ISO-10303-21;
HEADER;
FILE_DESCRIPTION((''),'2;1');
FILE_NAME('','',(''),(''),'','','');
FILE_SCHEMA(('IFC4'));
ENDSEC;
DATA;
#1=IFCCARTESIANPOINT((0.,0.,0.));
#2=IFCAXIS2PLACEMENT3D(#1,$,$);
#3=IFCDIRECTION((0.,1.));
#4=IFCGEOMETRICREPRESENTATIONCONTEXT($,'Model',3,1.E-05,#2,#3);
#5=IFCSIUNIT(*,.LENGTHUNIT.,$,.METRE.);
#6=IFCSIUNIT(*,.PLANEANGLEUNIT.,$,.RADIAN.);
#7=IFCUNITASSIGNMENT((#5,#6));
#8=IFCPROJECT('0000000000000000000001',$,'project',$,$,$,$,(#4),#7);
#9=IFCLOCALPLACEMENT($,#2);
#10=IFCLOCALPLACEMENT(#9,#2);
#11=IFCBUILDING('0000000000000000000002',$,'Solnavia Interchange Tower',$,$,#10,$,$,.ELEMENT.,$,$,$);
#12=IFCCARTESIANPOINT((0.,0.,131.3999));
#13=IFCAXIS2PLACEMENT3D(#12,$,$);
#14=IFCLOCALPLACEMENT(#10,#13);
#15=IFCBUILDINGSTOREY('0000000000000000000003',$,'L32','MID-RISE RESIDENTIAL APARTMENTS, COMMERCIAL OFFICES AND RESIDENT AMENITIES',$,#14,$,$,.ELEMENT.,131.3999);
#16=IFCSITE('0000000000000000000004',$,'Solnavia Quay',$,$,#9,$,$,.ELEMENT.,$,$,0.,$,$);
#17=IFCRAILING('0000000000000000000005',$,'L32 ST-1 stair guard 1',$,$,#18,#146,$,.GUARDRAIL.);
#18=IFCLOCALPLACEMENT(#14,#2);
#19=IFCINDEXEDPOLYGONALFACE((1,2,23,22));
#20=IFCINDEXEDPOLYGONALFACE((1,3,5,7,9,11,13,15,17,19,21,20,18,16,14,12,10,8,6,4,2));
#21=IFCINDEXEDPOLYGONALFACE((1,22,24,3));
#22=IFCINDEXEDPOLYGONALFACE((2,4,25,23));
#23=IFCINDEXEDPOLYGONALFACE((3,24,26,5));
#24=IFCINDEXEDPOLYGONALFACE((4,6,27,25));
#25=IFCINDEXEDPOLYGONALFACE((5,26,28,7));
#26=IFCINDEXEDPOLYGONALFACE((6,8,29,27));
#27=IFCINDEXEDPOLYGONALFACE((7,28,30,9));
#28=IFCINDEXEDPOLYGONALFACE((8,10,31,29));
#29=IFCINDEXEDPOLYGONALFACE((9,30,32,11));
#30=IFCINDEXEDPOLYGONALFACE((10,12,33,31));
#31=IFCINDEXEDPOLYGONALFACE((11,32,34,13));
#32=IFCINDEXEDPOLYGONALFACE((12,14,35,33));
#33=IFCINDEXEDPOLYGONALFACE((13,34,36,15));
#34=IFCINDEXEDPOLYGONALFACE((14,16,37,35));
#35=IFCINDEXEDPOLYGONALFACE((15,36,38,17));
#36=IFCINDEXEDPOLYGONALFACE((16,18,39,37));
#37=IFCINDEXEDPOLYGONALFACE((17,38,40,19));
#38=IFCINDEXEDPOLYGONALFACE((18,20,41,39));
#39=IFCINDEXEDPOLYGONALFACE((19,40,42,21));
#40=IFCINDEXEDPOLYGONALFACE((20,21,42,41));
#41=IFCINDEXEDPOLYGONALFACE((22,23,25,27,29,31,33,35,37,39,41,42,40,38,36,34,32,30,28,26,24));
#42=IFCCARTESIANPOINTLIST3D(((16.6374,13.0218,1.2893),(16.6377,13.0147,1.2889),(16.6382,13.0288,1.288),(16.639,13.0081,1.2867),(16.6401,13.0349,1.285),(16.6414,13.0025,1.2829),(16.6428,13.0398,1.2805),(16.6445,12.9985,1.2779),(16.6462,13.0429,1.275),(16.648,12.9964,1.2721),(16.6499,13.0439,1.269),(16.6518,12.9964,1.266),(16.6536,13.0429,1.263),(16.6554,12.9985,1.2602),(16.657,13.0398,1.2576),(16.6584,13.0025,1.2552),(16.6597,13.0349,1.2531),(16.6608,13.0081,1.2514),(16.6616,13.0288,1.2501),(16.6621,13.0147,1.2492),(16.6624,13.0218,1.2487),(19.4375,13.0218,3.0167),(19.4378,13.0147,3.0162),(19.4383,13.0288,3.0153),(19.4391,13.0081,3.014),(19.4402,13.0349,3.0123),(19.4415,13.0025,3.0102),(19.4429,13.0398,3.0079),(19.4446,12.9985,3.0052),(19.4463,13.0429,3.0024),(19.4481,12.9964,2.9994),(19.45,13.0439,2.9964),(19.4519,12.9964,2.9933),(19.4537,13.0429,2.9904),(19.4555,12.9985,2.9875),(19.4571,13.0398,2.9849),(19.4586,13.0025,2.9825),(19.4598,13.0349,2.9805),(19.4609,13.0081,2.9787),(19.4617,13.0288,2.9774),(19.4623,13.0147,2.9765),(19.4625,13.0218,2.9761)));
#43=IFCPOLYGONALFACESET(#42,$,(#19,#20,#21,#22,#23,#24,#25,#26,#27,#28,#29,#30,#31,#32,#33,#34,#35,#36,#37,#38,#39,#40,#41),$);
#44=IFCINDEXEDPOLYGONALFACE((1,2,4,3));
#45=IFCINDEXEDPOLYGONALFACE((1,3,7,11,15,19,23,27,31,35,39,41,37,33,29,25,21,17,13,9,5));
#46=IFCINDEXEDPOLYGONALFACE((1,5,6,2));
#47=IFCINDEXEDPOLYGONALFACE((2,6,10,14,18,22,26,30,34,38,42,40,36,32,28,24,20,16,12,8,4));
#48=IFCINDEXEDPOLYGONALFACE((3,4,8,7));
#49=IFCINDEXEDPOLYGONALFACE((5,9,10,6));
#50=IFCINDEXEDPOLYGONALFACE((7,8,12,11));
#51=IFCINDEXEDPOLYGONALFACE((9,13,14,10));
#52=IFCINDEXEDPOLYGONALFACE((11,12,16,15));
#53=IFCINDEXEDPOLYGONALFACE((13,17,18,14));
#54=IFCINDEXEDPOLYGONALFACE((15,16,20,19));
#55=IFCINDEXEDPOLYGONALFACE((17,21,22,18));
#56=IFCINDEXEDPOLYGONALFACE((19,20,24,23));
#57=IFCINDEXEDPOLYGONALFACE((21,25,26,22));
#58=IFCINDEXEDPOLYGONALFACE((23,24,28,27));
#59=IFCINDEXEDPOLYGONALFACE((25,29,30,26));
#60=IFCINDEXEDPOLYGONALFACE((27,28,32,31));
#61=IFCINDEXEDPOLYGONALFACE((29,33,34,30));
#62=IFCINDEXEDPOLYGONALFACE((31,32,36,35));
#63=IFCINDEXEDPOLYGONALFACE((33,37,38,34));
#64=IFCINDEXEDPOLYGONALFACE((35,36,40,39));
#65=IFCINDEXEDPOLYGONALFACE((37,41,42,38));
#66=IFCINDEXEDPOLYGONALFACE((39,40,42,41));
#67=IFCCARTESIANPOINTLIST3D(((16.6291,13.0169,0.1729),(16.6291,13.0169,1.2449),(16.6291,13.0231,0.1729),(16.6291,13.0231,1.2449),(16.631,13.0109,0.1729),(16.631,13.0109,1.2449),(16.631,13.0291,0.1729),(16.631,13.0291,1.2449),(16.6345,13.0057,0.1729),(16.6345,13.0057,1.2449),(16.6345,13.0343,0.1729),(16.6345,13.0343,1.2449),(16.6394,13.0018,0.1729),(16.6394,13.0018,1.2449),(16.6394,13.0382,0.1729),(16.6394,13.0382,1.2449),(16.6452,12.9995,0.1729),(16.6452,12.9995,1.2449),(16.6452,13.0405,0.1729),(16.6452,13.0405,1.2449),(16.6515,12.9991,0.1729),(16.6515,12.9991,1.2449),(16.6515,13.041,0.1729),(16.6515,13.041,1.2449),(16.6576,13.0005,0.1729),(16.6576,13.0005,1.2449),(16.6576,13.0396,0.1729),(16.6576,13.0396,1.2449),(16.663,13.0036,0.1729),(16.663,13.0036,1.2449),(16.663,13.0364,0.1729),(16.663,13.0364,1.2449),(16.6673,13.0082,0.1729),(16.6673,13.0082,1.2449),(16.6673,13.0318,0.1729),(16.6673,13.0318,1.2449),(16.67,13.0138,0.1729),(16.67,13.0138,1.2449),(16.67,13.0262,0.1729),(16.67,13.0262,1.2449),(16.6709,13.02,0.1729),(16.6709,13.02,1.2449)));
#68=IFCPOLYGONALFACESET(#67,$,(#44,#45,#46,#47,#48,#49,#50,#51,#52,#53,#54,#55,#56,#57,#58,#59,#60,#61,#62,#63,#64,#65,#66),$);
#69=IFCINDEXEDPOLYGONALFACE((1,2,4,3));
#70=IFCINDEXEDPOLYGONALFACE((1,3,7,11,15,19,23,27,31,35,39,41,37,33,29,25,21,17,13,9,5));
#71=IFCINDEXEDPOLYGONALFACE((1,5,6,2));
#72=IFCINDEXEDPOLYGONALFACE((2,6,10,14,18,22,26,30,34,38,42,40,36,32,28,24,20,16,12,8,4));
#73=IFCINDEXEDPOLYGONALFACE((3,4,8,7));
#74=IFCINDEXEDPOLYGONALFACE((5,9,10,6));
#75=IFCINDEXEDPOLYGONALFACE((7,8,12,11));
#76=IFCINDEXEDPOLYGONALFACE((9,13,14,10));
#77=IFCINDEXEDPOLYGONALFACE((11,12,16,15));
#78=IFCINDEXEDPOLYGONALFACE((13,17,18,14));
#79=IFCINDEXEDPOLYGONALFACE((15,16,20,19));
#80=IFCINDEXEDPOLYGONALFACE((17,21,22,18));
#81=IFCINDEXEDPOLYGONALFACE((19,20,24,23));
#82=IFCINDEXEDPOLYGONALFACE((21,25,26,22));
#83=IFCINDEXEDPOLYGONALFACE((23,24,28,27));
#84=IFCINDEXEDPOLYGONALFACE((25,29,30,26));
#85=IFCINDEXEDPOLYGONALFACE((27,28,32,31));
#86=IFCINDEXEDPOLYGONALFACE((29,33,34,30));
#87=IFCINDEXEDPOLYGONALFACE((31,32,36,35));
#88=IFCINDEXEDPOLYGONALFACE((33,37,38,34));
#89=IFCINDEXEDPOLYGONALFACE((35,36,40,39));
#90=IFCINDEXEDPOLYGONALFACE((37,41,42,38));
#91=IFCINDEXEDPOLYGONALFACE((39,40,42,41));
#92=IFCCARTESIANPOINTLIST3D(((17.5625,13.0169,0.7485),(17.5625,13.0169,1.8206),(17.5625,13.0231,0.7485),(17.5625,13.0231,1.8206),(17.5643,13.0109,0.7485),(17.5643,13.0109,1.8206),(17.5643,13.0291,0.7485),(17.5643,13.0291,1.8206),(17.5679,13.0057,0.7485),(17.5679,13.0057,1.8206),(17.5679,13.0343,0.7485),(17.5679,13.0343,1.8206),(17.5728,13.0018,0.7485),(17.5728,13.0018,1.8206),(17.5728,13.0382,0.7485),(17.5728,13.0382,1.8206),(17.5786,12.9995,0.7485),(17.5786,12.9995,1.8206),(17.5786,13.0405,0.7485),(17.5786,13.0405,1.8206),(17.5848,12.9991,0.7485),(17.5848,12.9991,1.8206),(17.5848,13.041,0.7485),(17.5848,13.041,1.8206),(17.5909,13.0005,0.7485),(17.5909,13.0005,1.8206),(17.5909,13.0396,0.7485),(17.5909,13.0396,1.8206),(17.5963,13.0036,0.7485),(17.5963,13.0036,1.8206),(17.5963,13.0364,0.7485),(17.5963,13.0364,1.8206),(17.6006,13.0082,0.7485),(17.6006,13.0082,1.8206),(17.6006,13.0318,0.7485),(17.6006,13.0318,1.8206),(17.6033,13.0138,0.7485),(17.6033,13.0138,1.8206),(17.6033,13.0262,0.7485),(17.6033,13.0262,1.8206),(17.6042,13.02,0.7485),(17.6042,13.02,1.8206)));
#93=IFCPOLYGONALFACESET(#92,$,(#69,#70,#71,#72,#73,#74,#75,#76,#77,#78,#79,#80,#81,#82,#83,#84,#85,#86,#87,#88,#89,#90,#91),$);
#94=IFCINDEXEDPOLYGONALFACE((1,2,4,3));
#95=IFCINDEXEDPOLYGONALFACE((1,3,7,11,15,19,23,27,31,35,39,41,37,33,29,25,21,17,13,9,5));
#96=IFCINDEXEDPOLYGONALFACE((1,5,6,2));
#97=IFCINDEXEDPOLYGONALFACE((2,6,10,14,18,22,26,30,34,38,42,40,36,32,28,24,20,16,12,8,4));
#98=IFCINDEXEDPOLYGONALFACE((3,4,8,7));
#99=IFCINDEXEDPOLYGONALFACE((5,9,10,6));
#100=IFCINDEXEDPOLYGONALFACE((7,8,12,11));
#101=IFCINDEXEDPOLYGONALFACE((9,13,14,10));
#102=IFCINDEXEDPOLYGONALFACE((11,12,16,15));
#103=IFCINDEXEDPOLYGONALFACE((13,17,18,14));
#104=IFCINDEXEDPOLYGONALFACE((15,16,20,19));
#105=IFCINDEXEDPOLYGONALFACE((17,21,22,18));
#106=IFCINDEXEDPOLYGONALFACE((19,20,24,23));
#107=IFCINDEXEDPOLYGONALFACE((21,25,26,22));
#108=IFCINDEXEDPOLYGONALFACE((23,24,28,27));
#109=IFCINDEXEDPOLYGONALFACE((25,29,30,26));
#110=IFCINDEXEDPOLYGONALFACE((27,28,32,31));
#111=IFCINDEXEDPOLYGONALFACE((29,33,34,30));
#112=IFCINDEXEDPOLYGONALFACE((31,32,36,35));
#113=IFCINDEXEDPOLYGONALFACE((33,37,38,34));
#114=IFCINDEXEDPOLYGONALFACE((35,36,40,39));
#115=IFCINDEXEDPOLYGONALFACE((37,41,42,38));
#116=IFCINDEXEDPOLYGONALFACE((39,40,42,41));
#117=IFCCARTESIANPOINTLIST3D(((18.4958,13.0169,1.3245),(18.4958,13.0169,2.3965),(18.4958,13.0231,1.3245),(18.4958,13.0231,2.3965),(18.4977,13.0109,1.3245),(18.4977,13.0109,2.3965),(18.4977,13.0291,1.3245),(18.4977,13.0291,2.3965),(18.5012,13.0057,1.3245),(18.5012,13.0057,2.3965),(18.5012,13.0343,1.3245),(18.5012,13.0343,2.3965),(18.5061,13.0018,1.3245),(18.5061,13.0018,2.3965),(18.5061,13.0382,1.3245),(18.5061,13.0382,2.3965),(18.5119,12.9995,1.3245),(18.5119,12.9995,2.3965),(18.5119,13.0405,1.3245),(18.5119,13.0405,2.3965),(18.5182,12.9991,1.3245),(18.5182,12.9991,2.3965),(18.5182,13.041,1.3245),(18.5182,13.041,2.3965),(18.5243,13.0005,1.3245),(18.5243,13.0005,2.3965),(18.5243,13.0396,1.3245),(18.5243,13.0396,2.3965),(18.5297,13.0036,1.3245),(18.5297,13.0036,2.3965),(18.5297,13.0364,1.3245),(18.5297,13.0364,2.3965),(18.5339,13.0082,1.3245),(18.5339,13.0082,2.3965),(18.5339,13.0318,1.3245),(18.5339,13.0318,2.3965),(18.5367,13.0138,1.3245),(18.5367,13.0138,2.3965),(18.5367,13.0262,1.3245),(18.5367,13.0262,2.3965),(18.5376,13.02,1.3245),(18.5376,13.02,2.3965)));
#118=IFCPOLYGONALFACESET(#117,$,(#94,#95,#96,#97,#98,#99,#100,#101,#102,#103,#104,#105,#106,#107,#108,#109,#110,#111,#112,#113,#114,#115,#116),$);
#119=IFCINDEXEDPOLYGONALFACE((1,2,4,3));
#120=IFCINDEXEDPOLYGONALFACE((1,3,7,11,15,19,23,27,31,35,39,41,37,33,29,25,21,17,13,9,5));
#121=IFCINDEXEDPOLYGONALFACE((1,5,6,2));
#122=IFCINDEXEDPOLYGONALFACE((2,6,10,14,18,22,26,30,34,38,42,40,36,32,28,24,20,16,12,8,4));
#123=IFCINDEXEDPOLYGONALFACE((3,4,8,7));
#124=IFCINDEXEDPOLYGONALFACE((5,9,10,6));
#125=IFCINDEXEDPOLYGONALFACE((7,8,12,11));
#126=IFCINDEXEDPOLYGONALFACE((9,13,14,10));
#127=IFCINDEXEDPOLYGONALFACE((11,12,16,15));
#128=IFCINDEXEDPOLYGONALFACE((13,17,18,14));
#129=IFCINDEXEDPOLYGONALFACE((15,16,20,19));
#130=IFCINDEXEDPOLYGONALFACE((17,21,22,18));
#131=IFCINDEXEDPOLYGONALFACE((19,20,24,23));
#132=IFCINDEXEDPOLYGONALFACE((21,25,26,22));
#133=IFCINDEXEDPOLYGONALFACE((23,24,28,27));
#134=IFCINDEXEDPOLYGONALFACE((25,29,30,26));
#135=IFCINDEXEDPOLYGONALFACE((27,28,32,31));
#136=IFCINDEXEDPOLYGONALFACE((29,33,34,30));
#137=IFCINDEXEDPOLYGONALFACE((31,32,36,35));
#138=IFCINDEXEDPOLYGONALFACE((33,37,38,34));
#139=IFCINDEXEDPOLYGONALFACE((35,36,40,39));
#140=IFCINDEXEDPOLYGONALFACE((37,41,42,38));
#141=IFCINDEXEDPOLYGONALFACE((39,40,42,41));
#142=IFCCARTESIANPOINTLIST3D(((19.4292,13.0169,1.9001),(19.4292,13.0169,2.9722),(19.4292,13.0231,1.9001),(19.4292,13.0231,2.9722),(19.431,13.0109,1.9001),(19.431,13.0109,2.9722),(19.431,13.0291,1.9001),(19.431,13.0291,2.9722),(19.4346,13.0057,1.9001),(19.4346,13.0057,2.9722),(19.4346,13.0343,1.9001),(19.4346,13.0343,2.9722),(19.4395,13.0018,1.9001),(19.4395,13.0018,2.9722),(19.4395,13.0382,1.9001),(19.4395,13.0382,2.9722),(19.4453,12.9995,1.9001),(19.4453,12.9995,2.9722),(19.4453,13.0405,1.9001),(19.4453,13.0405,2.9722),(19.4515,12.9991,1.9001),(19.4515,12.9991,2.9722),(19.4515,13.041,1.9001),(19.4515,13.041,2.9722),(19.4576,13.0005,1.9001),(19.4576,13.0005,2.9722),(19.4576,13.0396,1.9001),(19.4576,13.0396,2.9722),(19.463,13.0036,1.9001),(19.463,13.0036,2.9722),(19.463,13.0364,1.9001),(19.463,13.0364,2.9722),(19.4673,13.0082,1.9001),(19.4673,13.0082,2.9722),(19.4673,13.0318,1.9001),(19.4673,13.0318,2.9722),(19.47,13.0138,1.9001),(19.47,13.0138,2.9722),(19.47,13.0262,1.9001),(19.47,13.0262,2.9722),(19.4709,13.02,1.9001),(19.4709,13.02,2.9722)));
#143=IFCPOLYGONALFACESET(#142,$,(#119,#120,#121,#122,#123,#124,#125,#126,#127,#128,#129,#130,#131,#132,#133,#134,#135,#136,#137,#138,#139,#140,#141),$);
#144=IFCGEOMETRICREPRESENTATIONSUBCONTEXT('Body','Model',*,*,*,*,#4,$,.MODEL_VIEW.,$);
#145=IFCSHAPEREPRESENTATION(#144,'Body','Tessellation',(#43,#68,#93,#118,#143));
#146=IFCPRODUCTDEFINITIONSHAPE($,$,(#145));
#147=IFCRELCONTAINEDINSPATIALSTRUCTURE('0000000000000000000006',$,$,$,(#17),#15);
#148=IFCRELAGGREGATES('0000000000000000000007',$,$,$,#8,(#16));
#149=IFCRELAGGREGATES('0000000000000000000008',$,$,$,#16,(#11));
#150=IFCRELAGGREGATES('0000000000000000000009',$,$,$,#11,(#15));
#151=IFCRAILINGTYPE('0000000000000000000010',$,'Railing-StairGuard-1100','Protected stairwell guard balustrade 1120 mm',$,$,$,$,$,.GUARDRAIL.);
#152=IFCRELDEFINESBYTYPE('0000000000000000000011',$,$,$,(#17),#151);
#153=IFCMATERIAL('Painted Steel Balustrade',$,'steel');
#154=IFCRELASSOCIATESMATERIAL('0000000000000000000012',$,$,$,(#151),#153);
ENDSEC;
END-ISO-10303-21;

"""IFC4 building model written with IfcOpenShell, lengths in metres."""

from ifc_helpers import new_model, si_unit, direction, frame, origin, origin_2d, place, context, subcontext, project, spatial, circle, extrude, material, type_object, element, save


model = new_model("IFC4")

# Units and contexts
model_context = context("Model", 3, precision=1e-05, world=origin(), true_north=direction((0.0, 1.0)))
body_context = subcontext(model_context, "Body", "Model", "MODEL_VIEW")
ifc_project = project(units=[si_unit("LENGTHUNIT", "METRE"), si_unit("PLANEANGLEUNIT", "RADIAN")], contexts=[model_context])

# Site, building, storey
site_placement = place(None, origin())
site = spatial("IfcSite", under=ifc_project, at=site_placement, Name="Solnavia Quay", CompositionType="ELEMENT", RefElevation=0.0)
building_placement = place(site_placement, origin())
building = spatial("IfcBuilding", under=site, at=building_placement, Name="Solnavia Interchange Tower", CompositionType="ELEMENT")
storey_placement = place(building_placement, frame((0.0, 0.0, 131.3999)))
storey = spatial("IfcBuildingStorey", under=building, at=storey_placement, Name="L32", Description="MID-RISE RESIDENTIAL APARTMENTS, COMMERCIAL OFFICES AND RESIDENT AMENITIES", CompositionType="ELEMENT", Elevation=131.3999)

# Railing
ifc_material_1 = material(Name="Painted Steel Balustrade", Category="steel")
railing_type_1 = type_object("IfcRailingType", Name="Railing-StairGuard-1100", Description="Protected stairwell guard balustrade 1120 mm", PredefinedType="GUARDRAIL", material=ifc_material_1)
railing_1_placement = place(storey_placement, frame((16.6499, 13.02, 0.1729)))
element("IfcRailing", 1, at=railing_1_placement, inside=storey, type_object=railing_type_1, Name="L32 ST-1 stair guard 1", PredefinedType="GUARDRAIL", context=body_context, shape_type="SweptSolid", body=[
    extrude(circle(Radius=0.0239, at=origin_2d()), frame((0.0, 0.0, 1.0962), z_axis=(0.85109, 0.0, 0.52502), x_axis=(0.0, 1.0, 0.0)), (0.0, 0.0, 1.0), 3.29),
    extrude(circle(Radius=0.021, at=origin_2d()), origin(), (0.0, 0.0, 1.0), 1.072),
    extrude(circle(Radius=0.021, at=origin_2d()), frame((0.9333, 0.0, 0.5757)), (0.0, 0.0, 1.0), 1.072),
    extrude(circle(Radius=0.021, at=origin_2d()), frame((1.8667, 0.0, 1.1516)), (0.0, 0.0, 1.0), 1.072),
    extrude(circle(Radius=0.021, at=origin_2d()), frame((2.8, 0.0, 1.7273)), (0.0, 0.0, 1.0), 1.072),
])

save(model, "model.ifc")
